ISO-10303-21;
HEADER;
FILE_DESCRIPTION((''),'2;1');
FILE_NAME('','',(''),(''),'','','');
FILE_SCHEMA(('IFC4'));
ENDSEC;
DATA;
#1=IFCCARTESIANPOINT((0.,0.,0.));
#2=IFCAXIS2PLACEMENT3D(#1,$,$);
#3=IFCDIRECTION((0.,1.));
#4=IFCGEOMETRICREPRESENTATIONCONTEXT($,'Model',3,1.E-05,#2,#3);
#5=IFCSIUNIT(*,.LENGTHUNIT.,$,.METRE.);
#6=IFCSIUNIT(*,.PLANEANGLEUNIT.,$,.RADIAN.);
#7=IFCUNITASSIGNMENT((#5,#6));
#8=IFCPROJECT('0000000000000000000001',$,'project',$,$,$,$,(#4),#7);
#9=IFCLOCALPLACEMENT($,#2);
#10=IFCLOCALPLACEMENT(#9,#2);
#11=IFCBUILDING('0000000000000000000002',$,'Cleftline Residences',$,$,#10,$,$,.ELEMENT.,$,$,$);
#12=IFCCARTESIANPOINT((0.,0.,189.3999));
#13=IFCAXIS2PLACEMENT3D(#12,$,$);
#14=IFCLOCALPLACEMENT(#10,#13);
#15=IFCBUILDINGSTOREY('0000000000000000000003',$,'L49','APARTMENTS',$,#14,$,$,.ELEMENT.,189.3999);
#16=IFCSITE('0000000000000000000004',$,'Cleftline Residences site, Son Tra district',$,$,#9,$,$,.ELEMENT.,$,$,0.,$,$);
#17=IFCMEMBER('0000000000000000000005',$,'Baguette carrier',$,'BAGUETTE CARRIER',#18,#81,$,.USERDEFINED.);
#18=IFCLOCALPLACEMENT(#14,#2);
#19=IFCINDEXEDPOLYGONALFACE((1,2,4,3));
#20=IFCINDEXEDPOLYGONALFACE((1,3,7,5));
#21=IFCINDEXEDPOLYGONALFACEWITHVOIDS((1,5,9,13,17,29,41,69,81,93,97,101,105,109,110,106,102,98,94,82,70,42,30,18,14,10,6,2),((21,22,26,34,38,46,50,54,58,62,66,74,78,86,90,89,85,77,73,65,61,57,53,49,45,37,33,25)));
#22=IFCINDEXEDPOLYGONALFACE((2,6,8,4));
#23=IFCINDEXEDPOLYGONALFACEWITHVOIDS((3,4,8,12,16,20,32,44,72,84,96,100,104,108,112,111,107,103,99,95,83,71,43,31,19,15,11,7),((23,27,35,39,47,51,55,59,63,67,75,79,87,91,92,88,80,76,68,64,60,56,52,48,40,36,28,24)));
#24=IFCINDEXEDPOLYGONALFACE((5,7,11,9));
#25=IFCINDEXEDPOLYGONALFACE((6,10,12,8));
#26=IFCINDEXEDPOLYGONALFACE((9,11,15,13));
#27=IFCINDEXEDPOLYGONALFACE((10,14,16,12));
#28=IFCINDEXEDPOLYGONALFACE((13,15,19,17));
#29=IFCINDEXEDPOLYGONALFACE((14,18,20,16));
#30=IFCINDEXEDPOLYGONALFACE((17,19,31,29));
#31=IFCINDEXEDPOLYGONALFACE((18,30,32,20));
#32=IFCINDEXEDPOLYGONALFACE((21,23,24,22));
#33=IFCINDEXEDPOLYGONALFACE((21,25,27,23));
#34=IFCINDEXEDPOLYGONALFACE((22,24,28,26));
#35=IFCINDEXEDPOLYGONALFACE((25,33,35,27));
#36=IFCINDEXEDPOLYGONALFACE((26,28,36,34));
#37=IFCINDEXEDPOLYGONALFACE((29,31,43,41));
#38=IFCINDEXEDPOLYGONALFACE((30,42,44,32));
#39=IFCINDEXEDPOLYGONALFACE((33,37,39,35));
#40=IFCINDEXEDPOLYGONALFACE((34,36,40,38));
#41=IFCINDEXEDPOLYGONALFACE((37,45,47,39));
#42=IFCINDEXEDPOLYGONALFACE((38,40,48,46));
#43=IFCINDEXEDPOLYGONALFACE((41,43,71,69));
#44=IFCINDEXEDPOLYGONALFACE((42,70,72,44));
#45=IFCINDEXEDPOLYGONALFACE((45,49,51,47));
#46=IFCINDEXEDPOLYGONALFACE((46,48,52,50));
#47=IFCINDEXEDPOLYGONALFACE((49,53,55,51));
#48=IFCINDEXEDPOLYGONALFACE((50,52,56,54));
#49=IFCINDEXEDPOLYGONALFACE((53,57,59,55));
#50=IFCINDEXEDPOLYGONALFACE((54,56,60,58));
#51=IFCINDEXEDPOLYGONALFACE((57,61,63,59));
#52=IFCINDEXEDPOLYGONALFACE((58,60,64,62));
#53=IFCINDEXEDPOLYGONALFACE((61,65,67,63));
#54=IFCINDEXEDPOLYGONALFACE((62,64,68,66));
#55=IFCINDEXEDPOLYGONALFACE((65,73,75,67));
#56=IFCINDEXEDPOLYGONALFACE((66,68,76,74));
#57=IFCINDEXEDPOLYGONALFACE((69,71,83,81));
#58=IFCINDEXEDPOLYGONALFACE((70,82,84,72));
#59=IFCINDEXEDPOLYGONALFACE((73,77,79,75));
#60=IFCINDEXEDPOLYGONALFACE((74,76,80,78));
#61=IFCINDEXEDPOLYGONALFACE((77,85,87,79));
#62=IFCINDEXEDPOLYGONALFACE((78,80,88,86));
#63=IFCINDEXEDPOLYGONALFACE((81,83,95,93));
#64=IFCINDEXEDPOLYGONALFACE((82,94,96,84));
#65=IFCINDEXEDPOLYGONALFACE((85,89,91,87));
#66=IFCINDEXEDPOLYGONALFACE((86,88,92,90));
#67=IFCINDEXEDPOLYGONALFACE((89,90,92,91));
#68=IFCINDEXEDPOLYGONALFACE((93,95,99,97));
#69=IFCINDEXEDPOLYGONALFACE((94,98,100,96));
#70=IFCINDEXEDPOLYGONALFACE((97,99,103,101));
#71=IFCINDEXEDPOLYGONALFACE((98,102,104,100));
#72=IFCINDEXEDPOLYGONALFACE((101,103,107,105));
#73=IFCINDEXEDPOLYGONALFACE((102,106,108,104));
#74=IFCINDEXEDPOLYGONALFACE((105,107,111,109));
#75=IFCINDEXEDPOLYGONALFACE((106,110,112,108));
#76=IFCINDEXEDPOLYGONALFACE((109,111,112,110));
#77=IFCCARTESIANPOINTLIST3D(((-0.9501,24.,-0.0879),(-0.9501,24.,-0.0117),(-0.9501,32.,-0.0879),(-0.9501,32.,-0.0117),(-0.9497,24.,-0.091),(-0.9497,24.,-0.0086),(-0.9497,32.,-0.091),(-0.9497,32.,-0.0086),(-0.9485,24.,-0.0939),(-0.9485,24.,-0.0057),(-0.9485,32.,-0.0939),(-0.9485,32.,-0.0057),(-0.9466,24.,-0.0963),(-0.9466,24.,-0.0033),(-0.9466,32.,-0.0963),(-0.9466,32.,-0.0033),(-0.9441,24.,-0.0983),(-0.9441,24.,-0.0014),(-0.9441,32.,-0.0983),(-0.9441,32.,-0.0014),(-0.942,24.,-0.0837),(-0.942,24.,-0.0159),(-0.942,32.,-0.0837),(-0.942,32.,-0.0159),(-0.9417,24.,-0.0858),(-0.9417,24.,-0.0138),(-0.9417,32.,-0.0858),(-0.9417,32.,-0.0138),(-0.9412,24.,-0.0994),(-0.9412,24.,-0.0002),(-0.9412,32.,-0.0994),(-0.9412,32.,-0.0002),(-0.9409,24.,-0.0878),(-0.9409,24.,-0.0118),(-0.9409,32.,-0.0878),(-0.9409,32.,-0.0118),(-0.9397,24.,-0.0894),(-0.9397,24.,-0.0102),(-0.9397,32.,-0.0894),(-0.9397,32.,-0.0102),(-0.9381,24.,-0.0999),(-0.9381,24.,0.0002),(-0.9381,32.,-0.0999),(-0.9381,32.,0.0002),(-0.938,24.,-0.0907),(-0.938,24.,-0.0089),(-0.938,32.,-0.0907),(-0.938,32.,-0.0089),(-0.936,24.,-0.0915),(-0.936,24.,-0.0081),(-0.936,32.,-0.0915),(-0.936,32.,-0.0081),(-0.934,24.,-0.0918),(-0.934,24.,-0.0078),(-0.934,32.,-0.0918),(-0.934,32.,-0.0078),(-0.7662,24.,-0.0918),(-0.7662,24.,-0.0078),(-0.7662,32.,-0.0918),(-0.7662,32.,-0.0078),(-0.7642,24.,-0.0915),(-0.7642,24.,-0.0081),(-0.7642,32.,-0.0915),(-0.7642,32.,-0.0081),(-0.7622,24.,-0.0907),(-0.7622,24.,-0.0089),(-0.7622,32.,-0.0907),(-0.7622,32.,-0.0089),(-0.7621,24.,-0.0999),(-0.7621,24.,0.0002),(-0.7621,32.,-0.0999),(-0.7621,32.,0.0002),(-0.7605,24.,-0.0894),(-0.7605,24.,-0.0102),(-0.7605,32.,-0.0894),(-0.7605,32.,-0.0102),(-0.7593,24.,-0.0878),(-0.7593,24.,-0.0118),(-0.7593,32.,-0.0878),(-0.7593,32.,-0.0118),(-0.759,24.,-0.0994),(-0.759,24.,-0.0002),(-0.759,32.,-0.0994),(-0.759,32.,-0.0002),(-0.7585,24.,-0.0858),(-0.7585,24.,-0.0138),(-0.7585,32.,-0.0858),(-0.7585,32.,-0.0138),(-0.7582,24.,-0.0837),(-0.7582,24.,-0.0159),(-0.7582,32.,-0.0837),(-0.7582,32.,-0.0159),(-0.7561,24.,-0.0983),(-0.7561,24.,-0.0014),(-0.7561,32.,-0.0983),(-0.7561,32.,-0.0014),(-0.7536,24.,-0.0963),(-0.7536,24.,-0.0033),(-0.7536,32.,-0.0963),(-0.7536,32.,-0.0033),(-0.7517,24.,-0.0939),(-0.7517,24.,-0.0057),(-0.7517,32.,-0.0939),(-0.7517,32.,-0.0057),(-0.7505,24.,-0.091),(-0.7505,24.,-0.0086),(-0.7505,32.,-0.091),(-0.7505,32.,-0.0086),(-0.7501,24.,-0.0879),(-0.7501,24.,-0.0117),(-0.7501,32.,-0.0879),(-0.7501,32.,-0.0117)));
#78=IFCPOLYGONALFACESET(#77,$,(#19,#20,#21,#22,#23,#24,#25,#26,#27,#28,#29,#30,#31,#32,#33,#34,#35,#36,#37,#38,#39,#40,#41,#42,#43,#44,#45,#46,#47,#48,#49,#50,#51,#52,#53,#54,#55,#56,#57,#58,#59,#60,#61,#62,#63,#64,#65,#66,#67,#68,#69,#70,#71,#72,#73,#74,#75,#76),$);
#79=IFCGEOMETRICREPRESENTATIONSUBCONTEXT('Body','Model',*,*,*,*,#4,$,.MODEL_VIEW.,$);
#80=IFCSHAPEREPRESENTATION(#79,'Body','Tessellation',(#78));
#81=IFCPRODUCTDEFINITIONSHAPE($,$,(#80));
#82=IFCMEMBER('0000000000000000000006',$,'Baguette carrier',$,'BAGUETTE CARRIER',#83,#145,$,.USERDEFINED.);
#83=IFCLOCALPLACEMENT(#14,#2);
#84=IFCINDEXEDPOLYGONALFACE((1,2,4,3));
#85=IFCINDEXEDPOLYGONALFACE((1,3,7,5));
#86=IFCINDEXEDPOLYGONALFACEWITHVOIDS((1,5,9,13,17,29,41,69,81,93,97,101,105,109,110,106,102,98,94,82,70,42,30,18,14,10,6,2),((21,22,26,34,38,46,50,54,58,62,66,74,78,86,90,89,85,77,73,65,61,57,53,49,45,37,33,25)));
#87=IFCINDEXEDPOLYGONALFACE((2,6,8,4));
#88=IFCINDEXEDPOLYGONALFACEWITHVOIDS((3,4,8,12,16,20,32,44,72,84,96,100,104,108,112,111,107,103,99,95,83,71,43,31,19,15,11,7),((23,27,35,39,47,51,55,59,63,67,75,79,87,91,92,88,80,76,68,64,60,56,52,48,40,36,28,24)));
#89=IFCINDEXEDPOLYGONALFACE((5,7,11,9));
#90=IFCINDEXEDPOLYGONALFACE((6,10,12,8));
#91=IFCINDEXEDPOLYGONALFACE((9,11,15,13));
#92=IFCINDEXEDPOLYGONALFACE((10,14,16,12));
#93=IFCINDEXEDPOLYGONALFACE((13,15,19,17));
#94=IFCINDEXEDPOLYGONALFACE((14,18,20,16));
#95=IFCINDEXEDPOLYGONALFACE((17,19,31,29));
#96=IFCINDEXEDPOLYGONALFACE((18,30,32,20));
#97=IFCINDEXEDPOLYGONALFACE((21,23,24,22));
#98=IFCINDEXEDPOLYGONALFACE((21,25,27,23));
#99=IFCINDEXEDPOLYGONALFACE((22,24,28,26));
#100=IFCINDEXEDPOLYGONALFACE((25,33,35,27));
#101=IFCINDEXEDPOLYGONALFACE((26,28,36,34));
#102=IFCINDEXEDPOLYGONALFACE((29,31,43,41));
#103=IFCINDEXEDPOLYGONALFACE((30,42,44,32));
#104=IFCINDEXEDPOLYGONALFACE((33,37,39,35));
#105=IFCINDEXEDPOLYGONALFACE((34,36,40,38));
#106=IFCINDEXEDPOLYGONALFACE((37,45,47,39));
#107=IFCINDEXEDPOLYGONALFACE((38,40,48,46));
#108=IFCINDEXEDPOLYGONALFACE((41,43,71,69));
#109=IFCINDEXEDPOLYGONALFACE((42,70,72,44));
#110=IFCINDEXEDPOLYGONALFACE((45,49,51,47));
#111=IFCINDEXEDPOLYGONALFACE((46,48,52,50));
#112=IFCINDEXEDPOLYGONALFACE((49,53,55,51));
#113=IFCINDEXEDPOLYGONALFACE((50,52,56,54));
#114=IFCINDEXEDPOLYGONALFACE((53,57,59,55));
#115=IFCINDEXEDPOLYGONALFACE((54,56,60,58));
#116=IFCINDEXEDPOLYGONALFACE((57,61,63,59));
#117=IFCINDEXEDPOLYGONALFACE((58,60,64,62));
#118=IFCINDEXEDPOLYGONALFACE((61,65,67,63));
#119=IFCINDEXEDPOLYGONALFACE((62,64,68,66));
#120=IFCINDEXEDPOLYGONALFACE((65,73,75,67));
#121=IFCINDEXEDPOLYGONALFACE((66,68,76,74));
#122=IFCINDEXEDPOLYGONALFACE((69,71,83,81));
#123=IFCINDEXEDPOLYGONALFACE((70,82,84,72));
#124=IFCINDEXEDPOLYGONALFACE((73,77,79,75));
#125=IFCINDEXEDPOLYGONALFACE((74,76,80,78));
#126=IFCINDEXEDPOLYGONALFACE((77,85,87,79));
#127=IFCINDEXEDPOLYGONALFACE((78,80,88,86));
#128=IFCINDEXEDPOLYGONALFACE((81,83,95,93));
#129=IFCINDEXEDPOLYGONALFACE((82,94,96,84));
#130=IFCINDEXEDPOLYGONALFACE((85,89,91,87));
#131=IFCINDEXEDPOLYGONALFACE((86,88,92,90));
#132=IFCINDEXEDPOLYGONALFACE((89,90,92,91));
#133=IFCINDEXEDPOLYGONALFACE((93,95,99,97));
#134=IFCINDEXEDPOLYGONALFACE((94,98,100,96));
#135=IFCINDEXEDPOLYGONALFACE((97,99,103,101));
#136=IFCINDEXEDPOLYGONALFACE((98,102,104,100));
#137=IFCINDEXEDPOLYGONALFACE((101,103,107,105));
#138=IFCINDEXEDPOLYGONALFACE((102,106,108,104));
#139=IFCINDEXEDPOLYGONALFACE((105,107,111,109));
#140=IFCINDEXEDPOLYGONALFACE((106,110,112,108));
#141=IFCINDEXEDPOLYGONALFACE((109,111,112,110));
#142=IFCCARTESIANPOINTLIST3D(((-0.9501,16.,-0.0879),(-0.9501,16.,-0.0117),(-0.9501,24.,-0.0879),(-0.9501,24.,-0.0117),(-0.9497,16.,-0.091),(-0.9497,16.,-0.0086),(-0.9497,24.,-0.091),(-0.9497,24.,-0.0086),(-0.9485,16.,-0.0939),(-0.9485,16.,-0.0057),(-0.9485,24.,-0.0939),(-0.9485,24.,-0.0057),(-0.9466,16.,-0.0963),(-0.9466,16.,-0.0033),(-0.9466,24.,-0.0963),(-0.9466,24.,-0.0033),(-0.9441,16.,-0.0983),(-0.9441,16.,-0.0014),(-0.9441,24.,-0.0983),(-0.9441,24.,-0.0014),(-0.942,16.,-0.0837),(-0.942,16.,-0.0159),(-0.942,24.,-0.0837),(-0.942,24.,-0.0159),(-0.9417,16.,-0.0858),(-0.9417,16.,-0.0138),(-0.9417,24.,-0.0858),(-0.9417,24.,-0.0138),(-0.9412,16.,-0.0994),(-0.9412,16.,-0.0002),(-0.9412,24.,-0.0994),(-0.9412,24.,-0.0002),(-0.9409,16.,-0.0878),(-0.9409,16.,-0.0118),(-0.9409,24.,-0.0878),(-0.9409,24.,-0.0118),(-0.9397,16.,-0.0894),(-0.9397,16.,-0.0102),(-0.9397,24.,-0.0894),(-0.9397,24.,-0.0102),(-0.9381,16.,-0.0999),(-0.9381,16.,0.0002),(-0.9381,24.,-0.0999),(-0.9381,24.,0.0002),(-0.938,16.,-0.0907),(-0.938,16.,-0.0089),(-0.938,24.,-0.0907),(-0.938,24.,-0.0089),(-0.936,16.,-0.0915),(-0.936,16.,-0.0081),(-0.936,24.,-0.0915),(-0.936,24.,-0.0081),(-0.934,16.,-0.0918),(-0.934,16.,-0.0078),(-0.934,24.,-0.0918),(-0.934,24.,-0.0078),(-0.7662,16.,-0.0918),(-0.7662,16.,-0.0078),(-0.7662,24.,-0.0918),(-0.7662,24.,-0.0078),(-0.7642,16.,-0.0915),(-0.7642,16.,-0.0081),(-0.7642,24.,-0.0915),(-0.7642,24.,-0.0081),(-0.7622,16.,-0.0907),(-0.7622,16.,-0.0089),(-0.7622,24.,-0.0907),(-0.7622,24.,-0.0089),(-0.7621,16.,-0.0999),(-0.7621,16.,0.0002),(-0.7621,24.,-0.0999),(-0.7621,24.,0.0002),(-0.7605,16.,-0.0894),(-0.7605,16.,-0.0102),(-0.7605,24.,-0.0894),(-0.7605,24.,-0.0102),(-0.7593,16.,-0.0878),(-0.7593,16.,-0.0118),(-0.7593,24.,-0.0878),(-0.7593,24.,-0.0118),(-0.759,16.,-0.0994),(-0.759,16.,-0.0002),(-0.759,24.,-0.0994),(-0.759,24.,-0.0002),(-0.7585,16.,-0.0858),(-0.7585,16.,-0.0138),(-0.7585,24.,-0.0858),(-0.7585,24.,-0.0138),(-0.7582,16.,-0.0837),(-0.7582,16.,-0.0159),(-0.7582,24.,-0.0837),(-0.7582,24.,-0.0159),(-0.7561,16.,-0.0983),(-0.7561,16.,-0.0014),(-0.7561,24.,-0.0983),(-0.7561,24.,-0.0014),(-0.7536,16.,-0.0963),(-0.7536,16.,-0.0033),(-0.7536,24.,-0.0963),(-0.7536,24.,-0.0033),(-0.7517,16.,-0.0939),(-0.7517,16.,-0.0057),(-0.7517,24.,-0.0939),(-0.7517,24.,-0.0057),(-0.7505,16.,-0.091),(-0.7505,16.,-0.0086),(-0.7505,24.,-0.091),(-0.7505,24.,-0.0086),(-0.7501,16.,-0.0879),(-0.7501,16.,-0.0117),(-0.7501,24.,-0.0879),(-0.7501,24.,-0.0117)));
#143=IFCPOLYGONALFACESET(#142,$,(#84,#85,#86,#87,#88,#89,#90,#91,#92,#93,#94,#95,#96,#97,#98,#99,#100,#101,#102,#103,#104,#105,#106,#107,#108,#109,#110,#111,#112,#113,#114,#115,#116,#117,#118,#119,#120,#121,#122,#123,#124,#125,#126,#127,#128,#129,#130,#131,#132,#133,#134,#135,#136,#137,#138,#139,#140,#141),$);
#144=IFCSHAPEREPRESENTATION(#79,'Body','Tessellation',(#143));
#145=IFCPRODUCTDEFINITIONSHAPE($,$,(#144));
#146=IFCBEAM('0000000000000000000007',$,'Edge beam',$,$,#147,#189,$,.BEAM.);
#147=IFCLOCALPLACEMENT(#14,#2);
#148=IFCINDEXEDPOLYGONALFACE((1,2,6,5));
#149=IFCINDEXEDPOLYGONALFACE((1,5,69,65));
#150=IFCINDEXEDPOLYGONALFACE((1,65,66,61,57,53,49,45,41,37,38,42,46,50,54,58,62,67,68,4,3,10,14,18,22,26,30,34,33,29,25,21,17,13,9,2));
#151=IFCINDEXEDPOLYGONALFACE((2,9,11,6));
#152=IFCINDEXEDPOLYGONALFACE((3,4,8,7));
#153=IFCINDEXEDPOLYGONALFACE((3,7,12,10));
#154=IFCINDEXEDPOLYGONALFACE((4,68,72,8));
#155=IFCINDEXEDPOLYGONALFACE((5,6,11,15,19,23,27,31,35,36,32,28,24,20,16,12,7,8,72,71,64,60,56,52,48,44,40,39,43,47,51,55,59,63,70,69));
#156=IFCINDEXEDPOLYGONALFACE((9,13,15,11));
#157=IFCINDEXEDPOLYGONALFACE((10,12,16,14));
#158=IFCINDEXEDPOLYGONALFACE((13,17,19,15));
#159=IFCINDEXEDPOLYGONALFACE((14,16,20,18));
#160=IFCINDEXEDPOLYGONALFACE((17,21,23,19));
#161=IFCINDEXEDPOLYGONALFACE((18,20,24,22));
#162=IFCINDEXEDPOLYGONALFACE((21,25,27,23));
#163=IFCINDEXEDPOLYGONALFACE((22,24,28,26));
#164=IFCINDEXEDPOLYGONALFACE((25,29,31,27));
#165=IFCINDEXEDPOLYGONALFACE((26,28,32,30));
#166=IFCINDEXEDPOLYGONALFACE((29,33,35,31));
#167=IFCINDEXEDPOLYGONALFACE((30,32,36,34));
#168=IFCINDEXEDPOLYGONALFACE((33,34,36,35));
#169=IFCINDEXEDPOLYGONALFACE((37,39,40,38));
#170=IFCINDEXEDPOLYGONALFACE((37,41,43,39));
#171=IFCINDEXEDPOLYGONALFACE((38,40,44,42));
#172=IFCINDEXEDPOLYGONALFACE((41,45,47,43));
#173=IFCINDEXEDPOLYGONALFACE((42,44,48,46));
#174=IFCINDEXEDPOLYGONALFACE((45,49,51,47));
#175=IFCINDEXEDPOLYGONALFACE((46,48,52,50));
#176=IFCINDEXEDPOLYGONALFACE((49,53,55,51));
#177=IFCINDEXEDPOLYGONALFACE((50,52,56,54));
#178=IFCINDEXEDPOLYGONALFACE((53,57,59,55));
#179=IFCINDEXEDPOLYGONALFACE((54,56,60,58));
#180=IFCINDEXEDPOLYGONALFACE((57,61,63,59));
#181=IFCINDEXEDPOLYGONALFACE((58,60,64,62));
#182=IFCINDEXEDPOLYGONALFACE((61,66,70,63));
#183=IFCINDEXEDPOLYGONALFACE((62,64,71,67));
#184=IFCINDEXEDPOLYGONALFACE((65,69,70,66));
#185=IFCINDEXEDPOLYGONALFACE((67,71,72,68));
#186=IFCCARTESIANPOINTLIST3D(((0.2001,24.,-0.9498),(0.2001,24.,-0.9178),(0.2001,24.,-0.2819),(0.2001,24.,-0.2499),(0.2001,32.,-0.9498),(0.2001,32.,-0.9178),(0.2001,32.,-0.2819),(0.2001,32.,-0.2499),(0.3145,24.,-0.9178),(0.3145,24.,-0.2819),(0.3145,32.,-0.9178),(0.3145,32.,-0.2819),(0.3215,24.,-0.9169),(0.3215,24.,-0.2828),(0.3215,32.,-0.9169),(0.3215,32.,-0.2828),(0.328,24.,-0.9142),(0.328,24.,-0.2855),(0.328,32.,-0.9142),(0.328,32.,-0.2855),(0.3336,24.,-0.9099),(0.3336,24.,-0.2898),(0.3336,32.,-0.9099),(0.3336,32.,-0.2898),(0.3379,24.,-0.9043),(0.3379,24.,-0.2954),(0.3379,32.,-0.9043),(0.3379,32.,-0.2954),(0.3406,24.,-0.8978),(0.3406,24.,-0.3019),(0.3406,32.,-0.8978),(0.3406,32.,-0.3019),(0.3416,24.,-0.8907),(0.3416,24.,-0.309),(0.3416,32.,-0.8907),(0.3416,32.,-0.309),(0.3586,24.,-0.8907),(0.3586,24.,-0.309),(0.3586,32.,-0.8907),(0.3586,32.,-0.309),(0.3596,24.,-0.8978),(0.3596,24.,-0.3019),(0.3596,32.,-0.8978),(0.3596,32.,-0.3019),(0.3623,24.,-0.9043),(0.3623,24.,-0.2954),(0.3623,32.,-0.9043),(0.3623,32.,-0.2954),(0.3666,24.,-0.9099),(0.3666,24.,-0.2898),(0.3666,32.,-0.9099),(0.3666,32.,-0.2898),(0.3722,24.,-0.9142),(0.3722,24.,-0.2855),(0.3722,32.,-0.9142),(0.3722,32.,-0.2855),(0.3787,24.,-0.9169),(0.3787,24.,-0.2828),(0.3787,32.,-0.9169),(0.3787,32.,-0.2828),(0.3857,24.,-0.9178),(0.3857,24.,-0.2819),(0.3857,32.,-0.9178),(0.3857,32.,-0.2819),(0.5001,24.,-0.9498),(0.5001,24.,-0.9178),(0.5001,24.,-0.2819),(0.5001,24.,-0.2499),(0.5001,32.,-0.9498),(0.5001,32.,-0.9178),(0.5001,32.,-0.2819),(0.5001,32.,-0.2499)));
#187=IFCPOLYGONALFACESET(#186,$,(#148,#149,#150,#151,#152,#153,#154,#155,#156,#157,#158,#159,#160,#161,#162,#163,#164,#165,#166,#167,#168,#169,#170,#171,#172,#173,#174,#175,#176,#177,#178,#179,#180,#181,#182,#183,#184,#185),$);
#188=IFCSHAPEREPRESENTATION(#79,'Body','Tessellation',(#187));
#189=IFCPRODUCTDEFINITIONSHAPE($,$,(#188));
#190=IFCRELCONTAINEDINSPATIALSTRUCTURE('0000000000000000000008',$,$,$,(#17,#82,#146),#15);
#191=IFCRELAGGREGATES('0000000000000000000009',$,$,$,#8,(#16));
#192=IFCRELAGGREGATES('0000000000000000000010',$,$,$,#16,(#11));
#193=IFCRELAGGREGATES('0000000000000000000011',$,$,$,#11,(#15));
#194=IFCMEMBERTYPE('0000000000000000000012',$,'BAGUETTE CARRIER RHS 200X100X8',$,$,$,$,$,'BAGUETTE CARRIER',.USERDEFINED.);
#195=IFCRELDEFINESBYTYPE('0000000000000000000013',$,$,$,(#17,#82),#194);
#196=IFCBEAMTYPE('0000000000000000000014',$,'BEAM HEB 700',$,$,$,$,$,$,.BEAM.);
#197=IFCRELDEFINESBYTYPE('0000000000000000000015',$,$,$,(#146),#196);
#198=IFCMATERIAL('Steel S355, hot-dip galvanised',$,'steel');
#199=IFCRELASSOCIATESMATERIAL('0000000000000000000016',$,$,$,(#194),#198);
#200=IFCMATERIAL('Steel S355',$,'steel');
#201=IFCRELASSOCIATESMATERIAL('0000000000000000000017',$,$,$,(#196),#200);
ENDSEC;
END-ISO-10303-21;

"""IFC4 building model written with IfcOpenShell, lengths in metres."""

from ifc_helpers import new_model, si_unit, direction, frame, origin, origin_2d, place, context, subcontext, project, spatial, hollow_rectangle, i_section, extrude, material, material_profile, profile_set, type_object, element, save


model = new_model("IFC4")

# Units and contexts
model_context = context("Model", 3, precision=1e-05, world=origin(), true_north=direction((0.0, 1.0)))
body_context = subcontext(model_context, "Body", "Model", "MODEL_VIEW")
ifc_project = project(units=[si_unit("LENGTHUNIT", "METRE"), si_unit("PLANEANGLEUNIT", "RADIAN")], contexts=[model_context])

# Site, building, storey
site_placement = place(None, origin())
site = spatial("IfcSite", under=ifc_project, at=site_placement, Name="Cleftline Residences site, Son Tra district", CompositionType="ELEMENT", RefElevation=0.0)
building_placement = place(site_placement, origin())
building = spatial("IfcBuilding", under=site, at=building_placement, Name="Cleftline Residences", CompositionType="ELEMENT")
storey_placement = place(building_placement, frame((0.0, 0.0, 189.3999)))
storey = spatial("IfcBuildingStorey", under=building, at=storey_placement, Name="L49", Description="APARTMENTS", CompositionType="ELEMENT", Elevation=189.3999)

# Members
ifc_material_1 = material(Name="Steel S355, hot-dip galvanised", Category="steel")
ifc_material_profile_1 = material_profile(ifc_material_1, hollow_rectangle(XDim=0.1001, YDim=0.2, WallThickness=0.0081, InnerFilletRadius=0.0081, OuterFilletRadius=0.012, at=origin_2d()))
ifc_profile_set_1 = profile_set([ifc_material_profile_1], Name="Steel S355, hot-dip galvanised")
member_type_1 = type_object("IfcMemberType", Name="BAGUETTE CARRIER RHS 200X100X8", ElementType="BAGUETTE CARRIER", PredefinedType="USERDEFINED", material=ifc_profile_set_1)
for number, where, z_axis, x_axis, name in (
    (1, (-0.8501, 32.0, -0.0498), (0.0, -1.0, 0.0), (0.0, 0.0, 1.0), "Baguette carrier"),
    (2, (-0.8501, 24.0, -0.0498), (0.0, -1.0, 0.0), (0.0, 0.0, 1.0), "Baguette carrier"),
):
    element("IfcMember", number, at=place(storey_placement, frame(where, z_axis=z_axis, x_axis=x_axis)), inside=storey, type_object=member_type_1, Name=name, ObjectType="BAGUETTE CARRIER", PredefinedType="USERDEFINED", context=body_context, shape_type="SweptSolid", body=[
        extrude(hollow_rectangle(XDim=0.1001, YDim=0.2, WallThickness=0.0081, InnerFilletRadius=0.0081, OuterFilletRadius=0.012, at=origin_2d()), origin(), (0.0, 0.0, 1.0), 8.0),
    ])

# Beam
ifc_material_2 = material(Name="Steel S355", Category="steel")
ifc_material_profile_2 = material_profile(ifc_material_2, i_section(OverallWidth=0.3, OverallDepth=0.7, WebThickness=0.0171, FlangeThickness=0.032, FilletRadius=0.0271, at=origin_2d()))
ifc_profile_set_2 = profile_set([ifc_material_profile_2], Name="Steel S355")
beam_type_1 = type_object("IfcBeamType", Name="BEAM HEB 700", PredefinedType="BEAM", material=ifc_profile_set_2)
for number, where, z_axis, x_axis, name in (
    (3, (0.3501, 24.0, -0.5999), (0.0, 1.0, 0.0), (-1.0, 0.0, 0.0), "Edge beam"),
):
    element("IfcBeam", number, at=place(storey_placement, frame(where, z_axis=z_axis, x_axis=x_axis)), inside=storey, type_object=beam_type_1, Name=name, PredefinedType="BEAM", context=body_context, shape_type="SweptSolid", body=[
        extrude(i_section(OverallWidth=0.3, OverallDepth=0.7, WebThickness=0.0171, FlangeThickness=0.032, FilletRadius=0.0271, at=origin_2d()), origin(), (0.0, 0.0, 1.0), 8.0),
    ])

save(model, "model.ifc")
